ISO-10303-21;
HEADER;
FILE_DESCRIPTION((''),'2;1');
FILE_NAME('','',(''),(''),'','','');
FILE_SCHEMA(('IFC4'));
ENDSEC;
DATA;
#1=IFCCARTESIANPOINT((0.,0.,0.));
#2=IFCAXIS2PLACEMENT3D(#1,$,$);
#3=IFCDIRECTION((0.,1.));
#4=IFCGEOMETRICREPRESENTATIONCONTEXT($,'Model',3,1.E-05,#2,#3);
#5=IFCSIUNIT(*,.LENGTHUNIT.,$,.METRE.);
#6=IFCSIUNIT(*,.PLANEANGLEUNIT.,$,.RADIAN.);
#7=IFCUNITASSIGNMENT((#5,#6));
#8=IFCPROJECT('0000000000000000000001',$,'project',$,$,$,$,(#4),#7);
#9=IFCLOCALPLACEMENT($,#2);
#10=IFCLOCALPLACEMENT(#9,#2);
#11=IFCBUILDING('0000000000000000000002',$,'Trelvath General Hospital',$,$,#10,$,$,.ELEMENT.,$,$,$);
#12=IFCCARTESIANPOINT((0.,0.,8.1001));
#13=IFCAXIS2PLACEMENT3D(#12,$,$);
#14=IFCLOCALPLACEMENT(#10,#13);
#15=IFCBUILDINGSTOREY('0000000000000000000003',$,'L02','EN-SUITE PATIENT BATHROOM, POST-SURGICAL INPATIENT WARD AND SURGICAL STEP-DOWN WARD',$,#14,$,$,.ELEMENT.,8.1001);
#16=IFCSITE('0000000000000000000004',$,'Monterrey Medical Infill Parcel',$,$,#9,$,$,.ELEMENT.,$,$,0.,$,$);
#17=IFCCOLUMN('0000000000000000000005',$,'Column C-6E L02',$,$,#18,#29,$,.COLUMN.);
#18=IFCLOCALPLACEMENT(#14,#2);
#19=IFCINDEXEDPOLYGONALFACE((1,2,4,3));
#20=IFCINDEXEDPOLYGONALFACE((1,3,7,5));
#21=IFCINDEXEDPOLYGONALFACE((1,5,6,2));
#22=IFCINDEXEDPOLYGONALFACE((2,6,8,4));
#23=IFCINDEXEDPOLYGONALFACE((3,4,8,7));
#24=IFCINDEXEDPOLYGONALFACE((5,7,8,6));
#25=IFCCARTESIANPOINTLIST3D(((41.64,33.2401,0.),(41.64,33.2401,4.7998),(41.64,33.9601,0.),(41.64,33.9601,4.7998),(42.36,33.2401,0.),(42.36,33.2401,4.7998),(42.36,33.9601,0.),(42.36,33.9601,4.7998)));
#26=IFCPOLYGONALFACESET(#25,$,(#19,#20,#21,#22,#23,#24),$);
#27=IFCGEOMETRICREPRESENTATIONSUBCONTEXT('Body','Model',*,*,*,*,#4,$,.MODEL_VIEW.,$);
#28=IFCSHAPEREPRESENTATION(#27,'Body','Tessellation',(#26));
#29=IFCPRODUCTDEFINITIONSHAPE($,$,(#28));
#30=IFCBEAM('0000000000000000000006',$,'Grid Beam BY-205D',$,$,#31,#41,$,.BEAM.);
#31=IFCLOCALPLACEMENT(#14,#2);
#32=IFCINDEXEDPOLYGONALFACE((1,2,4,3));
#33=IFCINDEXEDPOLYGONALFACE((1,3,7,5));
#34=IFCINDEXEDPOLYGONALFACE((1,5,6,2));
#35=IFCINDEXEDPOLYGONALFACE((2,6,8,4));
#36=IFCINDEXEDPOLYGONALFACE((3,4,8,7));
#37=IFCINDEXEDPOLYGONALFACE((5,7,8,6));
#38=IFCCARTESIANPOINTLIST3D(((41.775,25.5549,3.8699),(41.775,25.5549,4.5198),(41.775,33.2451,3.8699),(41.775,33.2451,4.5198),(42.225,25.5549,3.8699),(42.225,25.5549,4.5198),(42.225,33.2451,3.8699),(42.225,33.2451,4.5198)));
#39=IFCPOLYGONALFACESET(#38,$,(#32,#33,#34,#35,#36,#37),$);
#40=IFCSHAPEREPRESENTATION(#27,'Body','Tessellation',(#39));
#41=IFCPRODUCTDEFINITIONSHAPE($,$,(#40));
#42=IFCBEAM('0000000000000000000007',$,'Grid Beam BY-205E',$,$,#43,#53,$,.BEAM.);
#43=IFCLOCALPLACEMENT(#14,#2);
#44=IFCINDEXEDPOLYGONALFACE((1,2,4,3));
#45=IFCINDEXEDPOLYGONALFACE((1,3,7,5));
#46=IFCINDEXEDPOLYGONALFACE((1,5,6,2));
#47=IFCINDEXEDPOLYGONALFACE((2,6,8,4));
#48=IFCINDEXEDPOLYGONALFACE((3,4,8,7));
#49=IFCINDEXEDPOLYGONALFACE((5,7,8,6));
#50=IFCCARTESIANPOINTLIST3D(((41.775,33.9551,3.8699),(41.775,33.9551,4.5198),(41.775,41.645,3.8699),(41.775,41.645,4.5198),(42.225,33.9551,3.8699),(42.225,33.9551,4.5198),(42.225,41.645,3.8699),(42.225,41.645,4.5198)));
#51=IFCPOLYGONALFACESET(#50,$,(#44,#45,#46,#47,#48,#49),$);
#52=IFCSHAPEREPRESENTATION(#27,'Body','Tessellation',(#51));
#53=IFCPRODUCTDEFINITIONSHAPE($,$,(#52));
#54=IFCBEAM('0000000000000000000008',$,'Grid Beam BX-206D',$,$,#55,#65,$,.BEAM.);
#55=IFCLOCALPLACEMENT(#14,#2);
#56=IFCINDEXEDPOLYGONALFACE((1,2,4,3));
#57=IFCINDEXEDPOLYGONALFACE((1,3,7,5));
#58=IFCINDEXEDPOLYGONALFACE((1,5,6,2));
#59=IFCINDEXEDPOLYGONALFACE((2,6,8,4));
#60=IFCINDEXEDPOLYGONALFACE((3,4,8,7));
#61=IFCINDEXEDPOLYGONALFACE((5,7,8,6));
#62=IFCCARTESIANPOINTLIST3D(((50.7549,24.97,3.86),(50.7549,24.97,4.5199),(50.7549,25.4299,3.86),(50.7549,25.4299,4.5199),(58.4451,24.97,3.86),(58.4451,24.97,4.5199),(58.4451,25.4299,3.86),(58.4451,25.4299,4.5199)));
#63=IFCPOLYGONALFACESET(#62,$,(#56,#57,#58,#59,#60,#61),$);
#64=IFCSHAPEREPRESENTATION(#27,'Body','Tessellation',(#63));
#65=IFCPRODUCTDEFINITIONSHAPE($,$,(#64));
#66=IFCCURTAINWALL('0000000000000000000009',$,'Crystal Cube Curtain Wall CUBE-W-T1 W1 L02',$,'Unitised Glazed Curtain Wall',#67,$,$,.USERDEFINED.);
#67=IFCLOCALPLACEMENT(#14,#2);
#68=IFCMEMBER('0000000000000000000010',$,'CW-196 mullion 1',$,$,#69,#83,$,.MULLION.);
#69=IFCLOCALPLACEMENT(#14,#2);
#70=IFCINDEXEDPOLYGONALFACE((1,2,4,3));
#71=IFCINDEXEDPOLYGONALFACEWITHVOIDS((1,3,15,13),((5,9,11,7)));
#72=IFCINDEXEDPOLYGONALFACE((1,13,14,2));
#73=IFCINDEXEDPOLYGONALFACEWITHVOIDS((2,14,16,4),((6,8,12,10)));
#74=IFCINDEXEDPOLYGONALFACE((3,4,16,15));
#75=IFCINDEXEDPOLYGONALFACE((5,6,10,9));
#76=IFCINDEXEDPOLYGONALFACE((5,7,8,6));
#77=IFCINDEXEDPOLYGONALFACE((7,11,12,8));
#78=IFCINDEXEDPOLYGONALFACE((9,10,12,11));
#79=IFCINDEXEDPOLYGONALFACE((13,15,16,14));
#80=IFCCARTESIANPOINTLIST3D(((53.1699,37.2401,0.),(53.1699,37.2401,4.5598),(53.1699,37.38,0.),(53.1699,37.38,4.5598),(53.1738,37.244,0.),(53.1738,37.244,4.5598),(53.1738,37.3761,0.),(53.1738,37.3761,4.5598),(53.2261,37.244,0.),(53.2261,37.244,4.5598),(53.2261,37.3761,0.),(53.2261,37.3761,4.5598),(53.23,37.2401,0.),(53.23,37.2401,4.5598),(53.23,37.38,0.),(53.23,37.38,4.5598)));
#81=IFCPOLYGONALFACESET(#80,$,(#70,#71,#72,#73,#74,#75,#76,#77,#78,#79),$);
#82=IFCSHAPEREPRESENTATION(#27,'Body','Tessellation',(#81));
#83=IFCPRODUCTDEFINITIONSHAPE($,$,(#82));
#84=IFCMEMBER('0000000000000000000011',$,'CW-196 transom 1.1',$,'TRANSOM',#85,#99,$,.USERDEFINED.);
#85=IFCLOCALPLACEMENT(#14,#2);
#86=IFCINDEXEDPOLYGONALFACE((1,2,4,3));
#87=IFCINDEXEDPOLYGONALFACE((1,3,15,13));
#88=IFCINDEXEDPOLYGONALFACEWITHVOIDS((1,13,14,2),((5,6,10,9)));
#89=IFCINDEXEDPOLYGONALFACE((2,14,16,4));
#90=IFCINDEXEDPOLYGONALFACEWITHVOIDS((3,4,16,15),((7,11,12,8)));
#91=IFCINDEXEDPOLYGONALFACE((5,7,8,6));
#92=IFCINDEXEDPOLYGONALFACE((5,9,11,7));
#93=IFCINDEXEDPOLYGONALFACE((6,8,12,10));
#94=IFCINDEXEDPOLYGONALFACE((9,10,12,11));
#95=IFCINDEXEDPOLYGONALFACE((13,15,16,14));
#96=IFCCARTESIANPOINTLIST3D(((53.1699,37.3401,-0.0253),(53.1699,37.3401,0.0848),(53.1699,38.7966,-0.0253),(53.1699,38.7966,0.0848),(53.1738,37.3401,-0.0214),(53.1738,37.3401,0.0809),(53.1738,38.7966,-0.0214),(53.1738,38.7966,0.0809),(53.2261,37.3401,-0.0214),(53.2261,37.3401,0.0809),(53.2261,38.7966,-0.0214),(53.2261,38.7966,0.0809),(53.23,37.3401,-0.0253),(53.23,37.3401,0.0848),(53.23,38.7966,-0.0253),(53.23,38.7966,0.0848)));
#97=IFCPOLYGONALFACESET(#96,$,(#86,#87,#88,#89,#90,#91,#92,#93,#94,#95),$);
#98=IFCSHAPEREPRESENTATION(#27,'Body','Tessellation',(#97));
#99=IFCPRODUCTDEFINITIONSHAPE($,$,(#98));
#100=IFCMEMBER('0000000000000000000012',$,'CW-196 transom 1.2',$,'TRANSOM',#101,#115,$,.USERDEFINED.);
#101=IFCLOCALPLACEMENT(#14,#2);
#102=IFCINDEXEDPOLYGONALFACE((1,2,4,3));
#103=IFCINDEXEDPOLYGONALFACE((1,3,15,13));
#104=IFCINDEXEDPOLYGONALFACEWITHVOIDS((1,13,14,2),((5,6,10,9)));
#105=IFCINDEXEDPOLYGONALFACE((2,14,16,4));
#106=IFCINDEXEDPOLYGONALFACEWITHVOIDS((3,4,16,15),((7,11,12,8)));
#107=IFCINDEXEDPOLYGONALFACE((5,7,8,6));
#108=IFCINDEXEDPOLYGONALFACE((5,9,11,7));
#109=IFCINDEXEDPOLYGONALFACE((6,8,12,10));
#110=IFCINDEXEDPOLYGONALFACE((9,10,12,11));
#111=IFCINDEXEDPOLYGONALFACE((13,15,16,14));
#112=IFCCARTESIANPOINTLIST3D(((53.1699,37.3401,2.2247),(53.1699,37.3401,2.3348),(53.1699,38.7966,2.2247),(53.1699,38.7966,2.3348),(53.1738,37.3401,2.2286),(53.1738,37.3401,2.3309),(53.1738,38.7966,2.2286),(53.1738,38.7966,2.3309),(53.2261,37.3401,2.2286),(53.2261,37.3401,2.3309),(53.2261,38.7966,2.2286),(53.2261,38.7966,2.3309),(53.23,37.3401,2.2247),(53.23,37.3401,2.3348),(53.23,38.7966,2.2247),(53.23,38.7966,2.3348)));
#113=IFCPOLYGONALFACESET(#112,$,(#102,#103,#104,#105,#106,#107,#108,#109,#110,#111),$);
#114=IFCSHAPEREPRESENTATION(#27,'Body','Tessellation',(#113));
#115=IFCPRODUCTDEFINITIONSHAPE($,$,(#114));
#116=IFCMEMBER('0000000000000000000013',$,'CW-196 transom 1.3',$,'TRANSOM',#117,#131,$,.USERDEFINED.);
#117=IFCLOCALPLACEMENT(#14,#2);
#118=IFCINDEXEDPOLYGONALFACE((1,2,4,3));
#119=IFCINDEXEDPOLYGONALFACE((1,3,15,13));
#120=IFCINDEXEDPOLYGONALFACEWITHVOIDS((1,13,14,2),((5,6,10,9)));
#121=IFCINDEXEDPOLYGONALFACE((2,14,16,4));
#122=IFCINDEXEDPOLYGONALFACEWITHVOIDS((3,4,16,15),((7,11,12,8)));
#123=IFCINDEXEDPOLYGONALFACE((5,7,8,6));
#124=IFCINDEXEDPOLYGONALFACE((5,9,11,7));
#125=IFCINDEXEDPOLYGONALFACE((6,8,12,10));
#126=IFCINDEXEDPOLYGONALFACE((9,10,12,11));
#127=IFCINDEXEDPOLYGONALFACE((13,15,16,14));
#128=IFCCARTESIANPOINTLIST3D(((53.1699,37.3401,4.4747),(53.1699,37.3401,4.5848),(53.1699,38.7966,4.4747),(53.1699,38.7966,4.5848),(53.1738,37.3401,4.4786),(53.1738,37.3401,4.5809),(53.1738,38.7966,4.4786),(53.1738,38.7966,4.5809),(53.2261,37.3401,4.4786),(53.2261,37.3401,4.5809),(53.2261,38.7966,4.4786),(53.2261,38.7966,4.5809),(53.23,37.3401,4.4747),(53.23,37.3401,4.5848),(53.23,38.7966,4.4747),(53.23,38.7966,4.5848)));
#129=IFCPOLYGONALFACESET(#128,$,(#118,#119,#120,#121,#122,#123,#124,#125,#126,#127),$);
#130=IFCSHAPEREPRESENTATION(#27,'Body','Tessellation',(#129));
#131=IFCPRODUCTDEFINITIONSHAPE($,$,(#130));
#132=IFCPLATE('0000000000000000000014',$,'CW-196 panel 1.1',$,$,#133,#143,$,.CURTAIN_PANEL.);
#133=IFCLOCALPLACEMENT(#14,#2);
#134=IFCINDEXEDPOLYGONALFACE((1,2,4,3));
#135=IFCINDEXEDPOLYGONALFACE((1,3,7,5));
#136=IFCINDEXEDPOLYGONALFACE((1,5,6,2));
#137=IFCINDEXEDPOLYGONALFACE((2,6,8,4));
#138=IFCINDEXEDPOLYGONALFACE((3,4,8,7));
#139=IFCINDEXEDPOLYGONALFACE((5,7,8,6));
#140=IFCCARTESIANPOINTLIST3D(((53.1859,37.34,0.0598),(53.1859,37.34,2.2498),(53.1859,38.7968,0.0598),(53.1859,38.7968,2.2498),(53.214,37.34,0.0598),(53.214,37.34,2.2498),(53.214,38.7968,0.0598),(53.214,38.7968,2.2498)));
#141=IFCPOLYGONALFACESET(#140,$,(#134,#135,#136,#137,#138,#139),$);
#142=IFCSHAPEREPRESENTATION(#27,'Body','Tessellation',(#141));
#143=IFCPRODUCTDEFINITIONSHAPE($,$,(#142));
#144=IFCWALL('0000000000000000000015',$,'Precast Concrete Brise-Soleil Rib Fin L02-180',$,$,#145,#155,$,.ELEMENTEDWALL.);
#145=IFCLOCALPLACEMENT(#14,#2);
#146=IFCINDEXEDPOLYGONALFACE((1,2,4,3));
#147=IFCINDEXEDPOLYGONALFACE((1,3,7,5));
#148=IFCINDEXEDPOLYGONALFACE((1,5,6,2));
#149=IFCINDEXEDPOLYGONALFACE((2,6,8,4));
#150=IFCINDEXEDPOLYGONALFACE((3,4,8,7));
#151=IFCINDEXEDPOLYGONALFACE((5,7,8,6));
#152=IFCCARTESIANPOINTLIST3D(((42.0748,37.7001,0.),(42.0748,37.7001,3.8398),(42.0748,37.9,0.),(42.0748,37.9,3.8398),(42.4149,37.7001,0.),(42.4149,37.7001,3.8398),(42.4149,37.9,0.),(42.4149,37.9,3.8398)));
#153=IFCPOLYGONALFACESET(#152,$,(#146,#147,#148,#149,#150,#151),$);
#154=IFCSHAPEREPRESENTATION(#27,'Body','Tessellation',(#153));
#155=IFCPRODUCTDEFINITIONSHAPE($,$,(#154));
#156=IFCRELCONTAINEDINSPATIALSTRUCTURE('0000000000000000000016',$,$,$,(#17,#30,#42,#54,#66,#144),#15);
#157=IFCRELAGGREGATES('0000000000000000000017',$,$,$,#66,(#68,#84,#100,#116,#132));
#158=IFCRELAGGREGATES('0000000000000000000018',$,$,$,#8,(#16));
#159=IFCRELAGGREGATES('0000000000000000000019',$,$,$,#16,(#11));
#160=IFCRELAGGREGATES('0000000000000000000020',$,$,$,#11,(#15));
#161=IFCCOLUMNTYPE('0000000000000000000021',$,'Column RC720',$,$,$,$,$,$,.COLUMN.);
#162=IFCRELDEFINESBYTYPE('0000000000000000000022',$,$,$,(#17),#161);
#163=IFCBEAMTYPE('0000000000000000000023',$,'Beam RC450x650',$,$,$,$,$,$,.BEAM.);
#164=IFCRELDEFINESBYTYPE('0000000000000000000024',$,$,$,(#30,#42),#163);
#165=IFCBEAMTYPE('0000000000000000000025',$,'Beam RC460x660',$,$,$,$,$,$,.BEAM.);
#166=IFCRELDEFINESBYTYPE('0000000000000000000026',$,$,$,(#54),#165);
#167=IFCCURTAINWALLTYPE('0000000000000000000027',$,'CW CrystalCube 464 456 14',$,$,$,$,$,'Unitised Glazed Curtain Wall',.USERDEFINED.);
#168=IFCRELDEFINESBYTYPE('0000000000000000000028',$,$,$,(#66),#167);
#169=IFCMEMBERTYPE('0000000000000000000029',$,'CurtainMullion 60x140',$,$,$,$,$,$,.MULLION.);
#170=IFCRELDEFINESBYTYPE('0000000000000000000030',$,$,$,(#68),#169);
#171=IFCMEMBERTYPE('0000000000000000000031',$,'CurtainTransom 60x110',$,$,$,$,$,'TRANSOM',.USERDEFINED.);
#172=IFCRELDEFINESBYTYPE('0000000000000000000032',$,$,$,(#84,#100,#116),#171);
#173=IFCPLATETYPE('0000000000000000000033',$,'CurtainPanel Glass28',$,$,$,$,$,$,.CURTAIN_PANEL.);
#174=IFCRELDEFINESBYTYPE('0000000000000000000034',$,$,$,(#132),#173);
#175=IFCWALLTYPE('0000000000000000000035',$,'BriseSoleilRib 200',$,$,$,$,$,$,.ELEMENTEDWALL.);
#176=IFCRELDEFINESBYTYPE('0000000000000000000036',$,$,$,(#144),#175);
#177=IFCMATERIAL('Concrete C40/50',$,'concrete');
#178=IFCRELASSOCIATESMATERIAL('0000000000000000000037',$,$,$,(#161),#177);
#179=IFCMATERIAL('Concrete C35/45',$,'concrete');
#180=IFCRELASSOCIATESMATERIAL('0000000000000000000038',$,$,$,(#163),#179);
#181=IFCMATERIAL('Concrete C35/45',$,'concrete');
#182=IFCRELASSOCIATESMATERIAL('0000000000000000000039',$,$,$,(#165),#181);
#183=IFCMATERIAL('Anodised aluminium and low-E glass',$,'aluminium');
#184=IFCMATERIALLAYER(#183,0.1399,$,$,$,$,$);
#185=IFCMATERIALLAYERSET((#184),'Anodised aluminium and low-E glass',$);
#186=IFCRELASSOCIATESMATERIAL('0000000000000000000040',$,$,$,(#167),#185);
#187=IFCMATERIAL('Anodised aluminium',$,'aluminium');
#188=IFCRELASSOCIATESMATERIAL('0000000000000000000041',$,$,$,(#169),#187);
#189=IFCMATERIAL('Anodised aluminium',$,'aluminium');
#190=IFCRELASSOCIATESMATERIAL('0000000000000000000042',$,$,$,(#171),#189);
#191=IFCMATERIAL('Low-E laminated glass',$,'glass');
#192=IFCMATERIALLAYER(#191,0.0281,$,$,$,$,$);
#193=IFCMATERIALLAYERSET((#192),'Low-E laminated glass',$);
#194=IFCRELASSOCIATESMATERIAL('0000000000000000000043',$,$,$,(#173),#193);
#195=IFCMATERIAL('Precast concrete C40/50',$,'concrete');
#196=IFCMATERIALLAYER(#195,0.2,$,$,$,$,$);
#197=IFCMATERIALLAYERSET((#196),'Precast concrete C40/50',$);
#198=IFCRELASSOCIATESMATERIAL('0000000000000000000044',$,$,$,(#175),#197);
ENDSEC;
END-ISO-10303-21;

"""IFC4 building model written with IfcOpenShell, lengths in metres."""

from ifc_helpers import new_model, si_unit, direction, frame, frame_2d, origin, origin_2d, place, context, subcontext, project, spatial, rectangle, hollow_rectangle, extrude, material, layer, layer_set, material_profile, profile_set, type_object, element, aggregate, save


model = new_model("IFC4")

# Units and contexts
model_context = context("Model", 3, precision=1e-05, world=origin(), true_north=direction((0.0, 1.0)))
body_context = subcontext(model_context, "Body", "Model", "MODEL_VIEW")
ifc_project = project(units=[si_unit("LENGTHUNIT", "METRE"), si_unit("PLANEANGLEUNIT", "RADIAN")], contexts=[model_context])

# Site, building, storey
site_placement = place(None, origin())
site = spatial("IfcSite", under=ifc_project, at=site_placement, Name="Monterrey Medical Infill Parcel", CompositionType="ELEMENT", RefElevation=0.0)
building_placement = place(site_placement, origin())
building = spatial("IfcBuilding", under=site, at=building_placement, Name="Trelvath General Hospital", CompositionType="ELEMENT")
storey_placement = place(building_placement, frame((0.0, 0.0, 8.1001)))
storey = spatial("IfcBuildingStorey", under=building, at=storey_placement, Name="L02", Description="EN-SUITE PATIENT BATHROOM, POST-SURGICAL INPATIENT WARD AND SURGICAL STEP-DOWN WARD", CompositionType="ELEMENT", Elevation=8.1001)

# Column
ifc_material_1 = material(Name="Concrete C40/50", Category="concrete")
ifc_material_profile_1 = material_profile(ifc_material_1, rectangle(XDim=0.72, YDim=0.72, at=origin_2d()), Name="RC720x720")
ifc_profile_set_1 = profile_set([ifc_material_profile_1], Name="Concrete C40/50")
column_type = type_object("IfcColumnType", Name="Column RC720", PredefinedType="COLUMN", material=ifc_profile_set_1)
column_placement = place(storey_placement, frame((42.0, 33.6001, 0.0), z_axis=(0.0, 0.0, 1.0), x_axis=(1.0, 0.0, 0.0)))
element("IfcColumn", 1, at=column_placement, inside=storey, type_object=column_type, Name="Column C-6E L02", PredefinedType="COLUMN", context=body_context, shape_type="SweptSolid", body=[
    extrude(rectangle(XDim=0.72, YDim=0.72, at=origin_2d()), origin(), (0.0, 0.0, 1.0), 4.7998),
])

# Beams
ifc_material_2 = material(Name="Concrete C35/45", Category="concrete")
ifc_material_profile_2 = material_profile(ifc_material_2, rectangle(XDim=0.45, YDim=0.6499, at=origin_2d()), Name="RCB450x650")
ifc_profile_set_2 = profile_set([ifc_material_profile_2], Name="Concrete C35/45")
beam_type_1 = type_object("IfcBeamType", Name="Beam RC450x650", PredefinedType="BEAM", material=ifc_profile_set_2)
beam_1_placement = place(storey_placement, frame((42.0, 25.5549, 4.1948), z_axis=(0.0, 1.0, 0.0), x_axis=(-1.0, 0.0, 0.0)))
element("IfcBeam", 2, at=beam_1_placement, inside=storey, type_object=beam_type_1, Name="Grid Beam BY-205D", PredefinedType="BEAM", context=body_context, shape_type="SweptSolid", body=[
    extrude(rectangle(XDim=0.45, YDim=0.6499, at=origin_2d()), origin(), (0.0, 0.0, 1.0), 7.6902),
])
beam_2_placement = place(storey_placement, frame((42.0, 33.9551, 4.1948), z_axis=(0.0, 1.0, 0.0), x_axis=(-1.0, 0.0, 0.0)))
element("IfcBeam", 3, at=beam_2_placement, inside=storey, type_object=beam_type_1, Name="Grid Beam BY-205E", PredefinedType="BEAM", context=body_context, shape_type="SweptSolid", body=[
    extrude(rectangle(XDim=0.45, YDim=0.6499, at=origin_2d()), origin(), (0.0, 0.0, 1.0), 7.6899),
])
ifc_material_3 = material(Name="Concrete C35/45", Category="concrete")
ifc_material_profile_3 = material_profile(ifc_material_3, rectangle(XDim=0.46, YDim=0.6599, at=origin_2d()), Name="RCB460x660")
ifc_profile_set_3 = profile_set([ifc_material_profile_3], Name="Concrete C35/45")
beam_type_2 = type_object("IfcBeamType", Name="Beam RC460x660", PredefinedType="BEAM", material=ifc_profile_set_3)
beam_3_placement = place(storey_placement, frame((50.7549, 25.2, 4.1899), z_axis=(1.0, 0.0, 0.0), x_axis=(0.0, 1.0, 0.0)))
element("IfcBeam", 4, at=beam_3_placement, inside=storey, type_object=beam_type_2, Name="Grid Beam BX-206D", PredefinedType="BEAM", context=body_context, shape_type="SweptSolid", body=[
    extrude(rectangle(XDim=0.46, YDim=0.6599, at=origin_2d()), origin(), (0.0, 0.0, 1.0), 7.6902),
])

# Curtain wall, members, plate
ifc_material_4 = material(Name="Anodised aluminium and low-E glass", Category="aluminium")
ifc_layer_1 = layer(ifc_material_4, 0.1399)
ifc_layer_set_1 = layer_set([ifc_layer_1], Name="Anodised aluminium and low-E glass")
curtain_wall_type = type_object("IfcCurtainWallType", Name="CW CrystalCube 464 456 14", ElementType="Unitised Glazed Curtain Wall", PredefinedType="USERDEFINED", material=ifc_layer_set_1)
curtain_wall_placement = place(storey_placement, origin())
curtain_wall = element("IfcCurtainWall", 5, at=curtain_wall_placement, inside=storey, type_object=curtain_wall_type, Name="Crystal Cube Curtain Wall CUBE-W-T1 W1 L02", ObjectType="Unitised Glazed Curtain Wall", PredefinedType="USERDEFINED")
ifc_material_5 = material(Name="Anodised aluminium", Category="aluminium")
ifc_material_profile_4 = material_profile(ifc_material_5, hollow_rectangle(XDim=0.0601, YDim=0.1399, WallThickness=0.0039, at=origin_2d()), Name="RHS60x140x4")
ifc_profile_set_4 = profile_set([ifc_material_profile_4], Name="Anodised aluminium")
member_type_1 = type_object("IfcMemberType", Name="CurtainMullion 60x140", PredefinedType="MULLION", material=ifc_profile_set_4)
member_1_placement = place(storey_placement, frame((53.2, 37.3101, 0.0), z_axis=(0.0, 0.0, 1.0), x_axis=(-1.0, 0.0, 0.0)))
member_1 = element("IfcMember", 6, at=member_1_placement, type_object=member_type_1, Name="CW-196 mullion 1", PredefinedType="MULLION", context=body_context, shape_type="SweptSolid", body=[
    extrude(hollow_rectangle(XDim=0.0601, YDim=0.1399, WallThickness=0.0039, at=origin_2d()), origin(), (0.0, 0.0, 1.0), 4.5598),
])
ifc_material_6 = material(Name="Anodised aluminium", Category="aluminium")
ifc_material_profile_5 = material_profile(ifc_material_6, hollow_rectangle(XDim=0.0601, YDim=0.1101, WallThickness=0.0039, at=origin_2d()), Name="RHS60x110x4")
ifc_profile_set_5 = profile_set([ifc_material_profile_5], Name="Anodised aluminium")
member_type_2 = type_object("IfcMemberType", Name="CurtainTransom 60x110", ElementType="TRANSOM", PredefinedType="USERDEFINED", material=ifc_profile_set_5)
member_2_placement = place(storey_placement, frame((53.2, 37.3401, 0.0298), z_axis=(0.0, 1.0, 0.0), x_axis=(-1.0, 0.0, 0.0)))
member_2 = element("IfcMember", 7, at=member_2_placement, type_object=member_type_2, Name="CW-196 transom 1.1", ObjectType="TRANSOM", PredefinedType="USERDEFINED", context=body_context, shape_type="SweptSolid", body=[
    extrude(hollow_rectangle(XDim=0.0601, YDim=0.1101, WallThickness=0.0039, at=origin_2d()), origin(), (0.0, 0.0, 1.0), 1.4565),
])
member_3_placement = place(storey_placement, frame((53.2, 37.3401, 2.2798), z_axis=(0.0, 1.0, 0.0), x_axis=(-1.0, 0.0, 0.0)))
member_3 = element("IfcMember", 8, at=member_3_placement, type_object=member_type_2, Name="CW-196 transom 1.2", ObjectType="TRANSOM", PredefinedType="USERDEFINED", context=body_context, shape_type="SweptSolid", body=[
    extrude(hollow_rectangle(XDim=0.0601, YDim=0.1101, WallThickness=0.0039, at=origin_2d()), origin(), (0.0, 0.0, 1.0), 1.4565),
])
member_4_placement = place(storey_placement, frame((53.2, 37.3401, 4.5298), z_axis=(0.0, 1.0, 0.0), x_axis=(-1.0, 0.0, 0.0)))
member_4 = element("IfcMember", 9, at=member_4_placement, type_object=member_type_2, Name="CW-196 transom 1.3", ObjectType="TRANSOM", PredefinedType="USERDEFINED", context=body_context, shape_type="SweptSolid", body=[
    extrude(hollow_rectangle(XDim=0.0601, YDim=0.1101, WallThickness=0.0039, at=origin_2d()), origin(), (0.0, 0.0, 1.0), 1.4565),
])
ifc_material_7 = material(Name="Low-E laminated glass", Category="glass")
ifc_layer_2 = layer(ifc_material_7, 0.0281)
ifc_layer_set_2 = layer_set([ifc_layer_2], Name="Low-E laminated glass")
plate_type = type_object("IfcPlateType", Name="CurtainPanel Glass28", PredefinedType="CURTAIN_PANEL", material=ifc_layer_set_2)
plate_placement = place(storey_placement, frame((53.2, 38.0684, 0.0598), z_axis=(0.0, 0.0, 1.0), x_axis=(0.0, 1.0, 0.0)))
plate = element("IfcPlate", 10, at=plate_placement, type_object=plate_type, Name="CW-196 panel 1.1", PredefinedType="CURTAIN_PANEL", context=body_context, shape_type="SweptSolid", body=[
    extrude(rectangle(XDim=1.4568, YDim=0.0281, at=origin_2d()), origin(), (0.0, 0.0, 1.0), 2.1899),
])
aggregate(curtain_wall, [member_1, member_2, member_3, member_4, plate])

# Wall
ifc_material_8 = material(Name="Precast concrete C40/50", Category="concrete")
ifc_layer_3 = layer(ifc_material_8, 0.2)
ifc_layer_set_3 = layer_set([ifc_layer_3], Name="Precast concrete C40/50")
wall_type_1 = type_object("IfcWallType", Name="BriseSoleilRib 200", PredefinedType="ELEMENTEDWALL", material=ifc_layer_set_3)
wall_1_placement = place(storey_placement, frame((42.075, 37.8, 0.0), z_axis=(0.0, 0.0, 1.0), x_axis=(1.0, 0.0, 0.0)))
element("IfcWall", 11, at=wall_1_placement, inside=storey, type_object=wall_type_1, Name="Precast Concrete Brise-Soleil Rib Fin L02-180", PredefinedType="ELEMENTEDWALL", context=body_context, shape_type="SweptSolid", body=[
    extrude(rectangle(XDim=0.3401, YDim=0.2, at=frame_2d((0.1699, 0.0))), origin(), (0.0, 0.0, 1.0), 3.8398),
])

save(model, "model.ifc")
